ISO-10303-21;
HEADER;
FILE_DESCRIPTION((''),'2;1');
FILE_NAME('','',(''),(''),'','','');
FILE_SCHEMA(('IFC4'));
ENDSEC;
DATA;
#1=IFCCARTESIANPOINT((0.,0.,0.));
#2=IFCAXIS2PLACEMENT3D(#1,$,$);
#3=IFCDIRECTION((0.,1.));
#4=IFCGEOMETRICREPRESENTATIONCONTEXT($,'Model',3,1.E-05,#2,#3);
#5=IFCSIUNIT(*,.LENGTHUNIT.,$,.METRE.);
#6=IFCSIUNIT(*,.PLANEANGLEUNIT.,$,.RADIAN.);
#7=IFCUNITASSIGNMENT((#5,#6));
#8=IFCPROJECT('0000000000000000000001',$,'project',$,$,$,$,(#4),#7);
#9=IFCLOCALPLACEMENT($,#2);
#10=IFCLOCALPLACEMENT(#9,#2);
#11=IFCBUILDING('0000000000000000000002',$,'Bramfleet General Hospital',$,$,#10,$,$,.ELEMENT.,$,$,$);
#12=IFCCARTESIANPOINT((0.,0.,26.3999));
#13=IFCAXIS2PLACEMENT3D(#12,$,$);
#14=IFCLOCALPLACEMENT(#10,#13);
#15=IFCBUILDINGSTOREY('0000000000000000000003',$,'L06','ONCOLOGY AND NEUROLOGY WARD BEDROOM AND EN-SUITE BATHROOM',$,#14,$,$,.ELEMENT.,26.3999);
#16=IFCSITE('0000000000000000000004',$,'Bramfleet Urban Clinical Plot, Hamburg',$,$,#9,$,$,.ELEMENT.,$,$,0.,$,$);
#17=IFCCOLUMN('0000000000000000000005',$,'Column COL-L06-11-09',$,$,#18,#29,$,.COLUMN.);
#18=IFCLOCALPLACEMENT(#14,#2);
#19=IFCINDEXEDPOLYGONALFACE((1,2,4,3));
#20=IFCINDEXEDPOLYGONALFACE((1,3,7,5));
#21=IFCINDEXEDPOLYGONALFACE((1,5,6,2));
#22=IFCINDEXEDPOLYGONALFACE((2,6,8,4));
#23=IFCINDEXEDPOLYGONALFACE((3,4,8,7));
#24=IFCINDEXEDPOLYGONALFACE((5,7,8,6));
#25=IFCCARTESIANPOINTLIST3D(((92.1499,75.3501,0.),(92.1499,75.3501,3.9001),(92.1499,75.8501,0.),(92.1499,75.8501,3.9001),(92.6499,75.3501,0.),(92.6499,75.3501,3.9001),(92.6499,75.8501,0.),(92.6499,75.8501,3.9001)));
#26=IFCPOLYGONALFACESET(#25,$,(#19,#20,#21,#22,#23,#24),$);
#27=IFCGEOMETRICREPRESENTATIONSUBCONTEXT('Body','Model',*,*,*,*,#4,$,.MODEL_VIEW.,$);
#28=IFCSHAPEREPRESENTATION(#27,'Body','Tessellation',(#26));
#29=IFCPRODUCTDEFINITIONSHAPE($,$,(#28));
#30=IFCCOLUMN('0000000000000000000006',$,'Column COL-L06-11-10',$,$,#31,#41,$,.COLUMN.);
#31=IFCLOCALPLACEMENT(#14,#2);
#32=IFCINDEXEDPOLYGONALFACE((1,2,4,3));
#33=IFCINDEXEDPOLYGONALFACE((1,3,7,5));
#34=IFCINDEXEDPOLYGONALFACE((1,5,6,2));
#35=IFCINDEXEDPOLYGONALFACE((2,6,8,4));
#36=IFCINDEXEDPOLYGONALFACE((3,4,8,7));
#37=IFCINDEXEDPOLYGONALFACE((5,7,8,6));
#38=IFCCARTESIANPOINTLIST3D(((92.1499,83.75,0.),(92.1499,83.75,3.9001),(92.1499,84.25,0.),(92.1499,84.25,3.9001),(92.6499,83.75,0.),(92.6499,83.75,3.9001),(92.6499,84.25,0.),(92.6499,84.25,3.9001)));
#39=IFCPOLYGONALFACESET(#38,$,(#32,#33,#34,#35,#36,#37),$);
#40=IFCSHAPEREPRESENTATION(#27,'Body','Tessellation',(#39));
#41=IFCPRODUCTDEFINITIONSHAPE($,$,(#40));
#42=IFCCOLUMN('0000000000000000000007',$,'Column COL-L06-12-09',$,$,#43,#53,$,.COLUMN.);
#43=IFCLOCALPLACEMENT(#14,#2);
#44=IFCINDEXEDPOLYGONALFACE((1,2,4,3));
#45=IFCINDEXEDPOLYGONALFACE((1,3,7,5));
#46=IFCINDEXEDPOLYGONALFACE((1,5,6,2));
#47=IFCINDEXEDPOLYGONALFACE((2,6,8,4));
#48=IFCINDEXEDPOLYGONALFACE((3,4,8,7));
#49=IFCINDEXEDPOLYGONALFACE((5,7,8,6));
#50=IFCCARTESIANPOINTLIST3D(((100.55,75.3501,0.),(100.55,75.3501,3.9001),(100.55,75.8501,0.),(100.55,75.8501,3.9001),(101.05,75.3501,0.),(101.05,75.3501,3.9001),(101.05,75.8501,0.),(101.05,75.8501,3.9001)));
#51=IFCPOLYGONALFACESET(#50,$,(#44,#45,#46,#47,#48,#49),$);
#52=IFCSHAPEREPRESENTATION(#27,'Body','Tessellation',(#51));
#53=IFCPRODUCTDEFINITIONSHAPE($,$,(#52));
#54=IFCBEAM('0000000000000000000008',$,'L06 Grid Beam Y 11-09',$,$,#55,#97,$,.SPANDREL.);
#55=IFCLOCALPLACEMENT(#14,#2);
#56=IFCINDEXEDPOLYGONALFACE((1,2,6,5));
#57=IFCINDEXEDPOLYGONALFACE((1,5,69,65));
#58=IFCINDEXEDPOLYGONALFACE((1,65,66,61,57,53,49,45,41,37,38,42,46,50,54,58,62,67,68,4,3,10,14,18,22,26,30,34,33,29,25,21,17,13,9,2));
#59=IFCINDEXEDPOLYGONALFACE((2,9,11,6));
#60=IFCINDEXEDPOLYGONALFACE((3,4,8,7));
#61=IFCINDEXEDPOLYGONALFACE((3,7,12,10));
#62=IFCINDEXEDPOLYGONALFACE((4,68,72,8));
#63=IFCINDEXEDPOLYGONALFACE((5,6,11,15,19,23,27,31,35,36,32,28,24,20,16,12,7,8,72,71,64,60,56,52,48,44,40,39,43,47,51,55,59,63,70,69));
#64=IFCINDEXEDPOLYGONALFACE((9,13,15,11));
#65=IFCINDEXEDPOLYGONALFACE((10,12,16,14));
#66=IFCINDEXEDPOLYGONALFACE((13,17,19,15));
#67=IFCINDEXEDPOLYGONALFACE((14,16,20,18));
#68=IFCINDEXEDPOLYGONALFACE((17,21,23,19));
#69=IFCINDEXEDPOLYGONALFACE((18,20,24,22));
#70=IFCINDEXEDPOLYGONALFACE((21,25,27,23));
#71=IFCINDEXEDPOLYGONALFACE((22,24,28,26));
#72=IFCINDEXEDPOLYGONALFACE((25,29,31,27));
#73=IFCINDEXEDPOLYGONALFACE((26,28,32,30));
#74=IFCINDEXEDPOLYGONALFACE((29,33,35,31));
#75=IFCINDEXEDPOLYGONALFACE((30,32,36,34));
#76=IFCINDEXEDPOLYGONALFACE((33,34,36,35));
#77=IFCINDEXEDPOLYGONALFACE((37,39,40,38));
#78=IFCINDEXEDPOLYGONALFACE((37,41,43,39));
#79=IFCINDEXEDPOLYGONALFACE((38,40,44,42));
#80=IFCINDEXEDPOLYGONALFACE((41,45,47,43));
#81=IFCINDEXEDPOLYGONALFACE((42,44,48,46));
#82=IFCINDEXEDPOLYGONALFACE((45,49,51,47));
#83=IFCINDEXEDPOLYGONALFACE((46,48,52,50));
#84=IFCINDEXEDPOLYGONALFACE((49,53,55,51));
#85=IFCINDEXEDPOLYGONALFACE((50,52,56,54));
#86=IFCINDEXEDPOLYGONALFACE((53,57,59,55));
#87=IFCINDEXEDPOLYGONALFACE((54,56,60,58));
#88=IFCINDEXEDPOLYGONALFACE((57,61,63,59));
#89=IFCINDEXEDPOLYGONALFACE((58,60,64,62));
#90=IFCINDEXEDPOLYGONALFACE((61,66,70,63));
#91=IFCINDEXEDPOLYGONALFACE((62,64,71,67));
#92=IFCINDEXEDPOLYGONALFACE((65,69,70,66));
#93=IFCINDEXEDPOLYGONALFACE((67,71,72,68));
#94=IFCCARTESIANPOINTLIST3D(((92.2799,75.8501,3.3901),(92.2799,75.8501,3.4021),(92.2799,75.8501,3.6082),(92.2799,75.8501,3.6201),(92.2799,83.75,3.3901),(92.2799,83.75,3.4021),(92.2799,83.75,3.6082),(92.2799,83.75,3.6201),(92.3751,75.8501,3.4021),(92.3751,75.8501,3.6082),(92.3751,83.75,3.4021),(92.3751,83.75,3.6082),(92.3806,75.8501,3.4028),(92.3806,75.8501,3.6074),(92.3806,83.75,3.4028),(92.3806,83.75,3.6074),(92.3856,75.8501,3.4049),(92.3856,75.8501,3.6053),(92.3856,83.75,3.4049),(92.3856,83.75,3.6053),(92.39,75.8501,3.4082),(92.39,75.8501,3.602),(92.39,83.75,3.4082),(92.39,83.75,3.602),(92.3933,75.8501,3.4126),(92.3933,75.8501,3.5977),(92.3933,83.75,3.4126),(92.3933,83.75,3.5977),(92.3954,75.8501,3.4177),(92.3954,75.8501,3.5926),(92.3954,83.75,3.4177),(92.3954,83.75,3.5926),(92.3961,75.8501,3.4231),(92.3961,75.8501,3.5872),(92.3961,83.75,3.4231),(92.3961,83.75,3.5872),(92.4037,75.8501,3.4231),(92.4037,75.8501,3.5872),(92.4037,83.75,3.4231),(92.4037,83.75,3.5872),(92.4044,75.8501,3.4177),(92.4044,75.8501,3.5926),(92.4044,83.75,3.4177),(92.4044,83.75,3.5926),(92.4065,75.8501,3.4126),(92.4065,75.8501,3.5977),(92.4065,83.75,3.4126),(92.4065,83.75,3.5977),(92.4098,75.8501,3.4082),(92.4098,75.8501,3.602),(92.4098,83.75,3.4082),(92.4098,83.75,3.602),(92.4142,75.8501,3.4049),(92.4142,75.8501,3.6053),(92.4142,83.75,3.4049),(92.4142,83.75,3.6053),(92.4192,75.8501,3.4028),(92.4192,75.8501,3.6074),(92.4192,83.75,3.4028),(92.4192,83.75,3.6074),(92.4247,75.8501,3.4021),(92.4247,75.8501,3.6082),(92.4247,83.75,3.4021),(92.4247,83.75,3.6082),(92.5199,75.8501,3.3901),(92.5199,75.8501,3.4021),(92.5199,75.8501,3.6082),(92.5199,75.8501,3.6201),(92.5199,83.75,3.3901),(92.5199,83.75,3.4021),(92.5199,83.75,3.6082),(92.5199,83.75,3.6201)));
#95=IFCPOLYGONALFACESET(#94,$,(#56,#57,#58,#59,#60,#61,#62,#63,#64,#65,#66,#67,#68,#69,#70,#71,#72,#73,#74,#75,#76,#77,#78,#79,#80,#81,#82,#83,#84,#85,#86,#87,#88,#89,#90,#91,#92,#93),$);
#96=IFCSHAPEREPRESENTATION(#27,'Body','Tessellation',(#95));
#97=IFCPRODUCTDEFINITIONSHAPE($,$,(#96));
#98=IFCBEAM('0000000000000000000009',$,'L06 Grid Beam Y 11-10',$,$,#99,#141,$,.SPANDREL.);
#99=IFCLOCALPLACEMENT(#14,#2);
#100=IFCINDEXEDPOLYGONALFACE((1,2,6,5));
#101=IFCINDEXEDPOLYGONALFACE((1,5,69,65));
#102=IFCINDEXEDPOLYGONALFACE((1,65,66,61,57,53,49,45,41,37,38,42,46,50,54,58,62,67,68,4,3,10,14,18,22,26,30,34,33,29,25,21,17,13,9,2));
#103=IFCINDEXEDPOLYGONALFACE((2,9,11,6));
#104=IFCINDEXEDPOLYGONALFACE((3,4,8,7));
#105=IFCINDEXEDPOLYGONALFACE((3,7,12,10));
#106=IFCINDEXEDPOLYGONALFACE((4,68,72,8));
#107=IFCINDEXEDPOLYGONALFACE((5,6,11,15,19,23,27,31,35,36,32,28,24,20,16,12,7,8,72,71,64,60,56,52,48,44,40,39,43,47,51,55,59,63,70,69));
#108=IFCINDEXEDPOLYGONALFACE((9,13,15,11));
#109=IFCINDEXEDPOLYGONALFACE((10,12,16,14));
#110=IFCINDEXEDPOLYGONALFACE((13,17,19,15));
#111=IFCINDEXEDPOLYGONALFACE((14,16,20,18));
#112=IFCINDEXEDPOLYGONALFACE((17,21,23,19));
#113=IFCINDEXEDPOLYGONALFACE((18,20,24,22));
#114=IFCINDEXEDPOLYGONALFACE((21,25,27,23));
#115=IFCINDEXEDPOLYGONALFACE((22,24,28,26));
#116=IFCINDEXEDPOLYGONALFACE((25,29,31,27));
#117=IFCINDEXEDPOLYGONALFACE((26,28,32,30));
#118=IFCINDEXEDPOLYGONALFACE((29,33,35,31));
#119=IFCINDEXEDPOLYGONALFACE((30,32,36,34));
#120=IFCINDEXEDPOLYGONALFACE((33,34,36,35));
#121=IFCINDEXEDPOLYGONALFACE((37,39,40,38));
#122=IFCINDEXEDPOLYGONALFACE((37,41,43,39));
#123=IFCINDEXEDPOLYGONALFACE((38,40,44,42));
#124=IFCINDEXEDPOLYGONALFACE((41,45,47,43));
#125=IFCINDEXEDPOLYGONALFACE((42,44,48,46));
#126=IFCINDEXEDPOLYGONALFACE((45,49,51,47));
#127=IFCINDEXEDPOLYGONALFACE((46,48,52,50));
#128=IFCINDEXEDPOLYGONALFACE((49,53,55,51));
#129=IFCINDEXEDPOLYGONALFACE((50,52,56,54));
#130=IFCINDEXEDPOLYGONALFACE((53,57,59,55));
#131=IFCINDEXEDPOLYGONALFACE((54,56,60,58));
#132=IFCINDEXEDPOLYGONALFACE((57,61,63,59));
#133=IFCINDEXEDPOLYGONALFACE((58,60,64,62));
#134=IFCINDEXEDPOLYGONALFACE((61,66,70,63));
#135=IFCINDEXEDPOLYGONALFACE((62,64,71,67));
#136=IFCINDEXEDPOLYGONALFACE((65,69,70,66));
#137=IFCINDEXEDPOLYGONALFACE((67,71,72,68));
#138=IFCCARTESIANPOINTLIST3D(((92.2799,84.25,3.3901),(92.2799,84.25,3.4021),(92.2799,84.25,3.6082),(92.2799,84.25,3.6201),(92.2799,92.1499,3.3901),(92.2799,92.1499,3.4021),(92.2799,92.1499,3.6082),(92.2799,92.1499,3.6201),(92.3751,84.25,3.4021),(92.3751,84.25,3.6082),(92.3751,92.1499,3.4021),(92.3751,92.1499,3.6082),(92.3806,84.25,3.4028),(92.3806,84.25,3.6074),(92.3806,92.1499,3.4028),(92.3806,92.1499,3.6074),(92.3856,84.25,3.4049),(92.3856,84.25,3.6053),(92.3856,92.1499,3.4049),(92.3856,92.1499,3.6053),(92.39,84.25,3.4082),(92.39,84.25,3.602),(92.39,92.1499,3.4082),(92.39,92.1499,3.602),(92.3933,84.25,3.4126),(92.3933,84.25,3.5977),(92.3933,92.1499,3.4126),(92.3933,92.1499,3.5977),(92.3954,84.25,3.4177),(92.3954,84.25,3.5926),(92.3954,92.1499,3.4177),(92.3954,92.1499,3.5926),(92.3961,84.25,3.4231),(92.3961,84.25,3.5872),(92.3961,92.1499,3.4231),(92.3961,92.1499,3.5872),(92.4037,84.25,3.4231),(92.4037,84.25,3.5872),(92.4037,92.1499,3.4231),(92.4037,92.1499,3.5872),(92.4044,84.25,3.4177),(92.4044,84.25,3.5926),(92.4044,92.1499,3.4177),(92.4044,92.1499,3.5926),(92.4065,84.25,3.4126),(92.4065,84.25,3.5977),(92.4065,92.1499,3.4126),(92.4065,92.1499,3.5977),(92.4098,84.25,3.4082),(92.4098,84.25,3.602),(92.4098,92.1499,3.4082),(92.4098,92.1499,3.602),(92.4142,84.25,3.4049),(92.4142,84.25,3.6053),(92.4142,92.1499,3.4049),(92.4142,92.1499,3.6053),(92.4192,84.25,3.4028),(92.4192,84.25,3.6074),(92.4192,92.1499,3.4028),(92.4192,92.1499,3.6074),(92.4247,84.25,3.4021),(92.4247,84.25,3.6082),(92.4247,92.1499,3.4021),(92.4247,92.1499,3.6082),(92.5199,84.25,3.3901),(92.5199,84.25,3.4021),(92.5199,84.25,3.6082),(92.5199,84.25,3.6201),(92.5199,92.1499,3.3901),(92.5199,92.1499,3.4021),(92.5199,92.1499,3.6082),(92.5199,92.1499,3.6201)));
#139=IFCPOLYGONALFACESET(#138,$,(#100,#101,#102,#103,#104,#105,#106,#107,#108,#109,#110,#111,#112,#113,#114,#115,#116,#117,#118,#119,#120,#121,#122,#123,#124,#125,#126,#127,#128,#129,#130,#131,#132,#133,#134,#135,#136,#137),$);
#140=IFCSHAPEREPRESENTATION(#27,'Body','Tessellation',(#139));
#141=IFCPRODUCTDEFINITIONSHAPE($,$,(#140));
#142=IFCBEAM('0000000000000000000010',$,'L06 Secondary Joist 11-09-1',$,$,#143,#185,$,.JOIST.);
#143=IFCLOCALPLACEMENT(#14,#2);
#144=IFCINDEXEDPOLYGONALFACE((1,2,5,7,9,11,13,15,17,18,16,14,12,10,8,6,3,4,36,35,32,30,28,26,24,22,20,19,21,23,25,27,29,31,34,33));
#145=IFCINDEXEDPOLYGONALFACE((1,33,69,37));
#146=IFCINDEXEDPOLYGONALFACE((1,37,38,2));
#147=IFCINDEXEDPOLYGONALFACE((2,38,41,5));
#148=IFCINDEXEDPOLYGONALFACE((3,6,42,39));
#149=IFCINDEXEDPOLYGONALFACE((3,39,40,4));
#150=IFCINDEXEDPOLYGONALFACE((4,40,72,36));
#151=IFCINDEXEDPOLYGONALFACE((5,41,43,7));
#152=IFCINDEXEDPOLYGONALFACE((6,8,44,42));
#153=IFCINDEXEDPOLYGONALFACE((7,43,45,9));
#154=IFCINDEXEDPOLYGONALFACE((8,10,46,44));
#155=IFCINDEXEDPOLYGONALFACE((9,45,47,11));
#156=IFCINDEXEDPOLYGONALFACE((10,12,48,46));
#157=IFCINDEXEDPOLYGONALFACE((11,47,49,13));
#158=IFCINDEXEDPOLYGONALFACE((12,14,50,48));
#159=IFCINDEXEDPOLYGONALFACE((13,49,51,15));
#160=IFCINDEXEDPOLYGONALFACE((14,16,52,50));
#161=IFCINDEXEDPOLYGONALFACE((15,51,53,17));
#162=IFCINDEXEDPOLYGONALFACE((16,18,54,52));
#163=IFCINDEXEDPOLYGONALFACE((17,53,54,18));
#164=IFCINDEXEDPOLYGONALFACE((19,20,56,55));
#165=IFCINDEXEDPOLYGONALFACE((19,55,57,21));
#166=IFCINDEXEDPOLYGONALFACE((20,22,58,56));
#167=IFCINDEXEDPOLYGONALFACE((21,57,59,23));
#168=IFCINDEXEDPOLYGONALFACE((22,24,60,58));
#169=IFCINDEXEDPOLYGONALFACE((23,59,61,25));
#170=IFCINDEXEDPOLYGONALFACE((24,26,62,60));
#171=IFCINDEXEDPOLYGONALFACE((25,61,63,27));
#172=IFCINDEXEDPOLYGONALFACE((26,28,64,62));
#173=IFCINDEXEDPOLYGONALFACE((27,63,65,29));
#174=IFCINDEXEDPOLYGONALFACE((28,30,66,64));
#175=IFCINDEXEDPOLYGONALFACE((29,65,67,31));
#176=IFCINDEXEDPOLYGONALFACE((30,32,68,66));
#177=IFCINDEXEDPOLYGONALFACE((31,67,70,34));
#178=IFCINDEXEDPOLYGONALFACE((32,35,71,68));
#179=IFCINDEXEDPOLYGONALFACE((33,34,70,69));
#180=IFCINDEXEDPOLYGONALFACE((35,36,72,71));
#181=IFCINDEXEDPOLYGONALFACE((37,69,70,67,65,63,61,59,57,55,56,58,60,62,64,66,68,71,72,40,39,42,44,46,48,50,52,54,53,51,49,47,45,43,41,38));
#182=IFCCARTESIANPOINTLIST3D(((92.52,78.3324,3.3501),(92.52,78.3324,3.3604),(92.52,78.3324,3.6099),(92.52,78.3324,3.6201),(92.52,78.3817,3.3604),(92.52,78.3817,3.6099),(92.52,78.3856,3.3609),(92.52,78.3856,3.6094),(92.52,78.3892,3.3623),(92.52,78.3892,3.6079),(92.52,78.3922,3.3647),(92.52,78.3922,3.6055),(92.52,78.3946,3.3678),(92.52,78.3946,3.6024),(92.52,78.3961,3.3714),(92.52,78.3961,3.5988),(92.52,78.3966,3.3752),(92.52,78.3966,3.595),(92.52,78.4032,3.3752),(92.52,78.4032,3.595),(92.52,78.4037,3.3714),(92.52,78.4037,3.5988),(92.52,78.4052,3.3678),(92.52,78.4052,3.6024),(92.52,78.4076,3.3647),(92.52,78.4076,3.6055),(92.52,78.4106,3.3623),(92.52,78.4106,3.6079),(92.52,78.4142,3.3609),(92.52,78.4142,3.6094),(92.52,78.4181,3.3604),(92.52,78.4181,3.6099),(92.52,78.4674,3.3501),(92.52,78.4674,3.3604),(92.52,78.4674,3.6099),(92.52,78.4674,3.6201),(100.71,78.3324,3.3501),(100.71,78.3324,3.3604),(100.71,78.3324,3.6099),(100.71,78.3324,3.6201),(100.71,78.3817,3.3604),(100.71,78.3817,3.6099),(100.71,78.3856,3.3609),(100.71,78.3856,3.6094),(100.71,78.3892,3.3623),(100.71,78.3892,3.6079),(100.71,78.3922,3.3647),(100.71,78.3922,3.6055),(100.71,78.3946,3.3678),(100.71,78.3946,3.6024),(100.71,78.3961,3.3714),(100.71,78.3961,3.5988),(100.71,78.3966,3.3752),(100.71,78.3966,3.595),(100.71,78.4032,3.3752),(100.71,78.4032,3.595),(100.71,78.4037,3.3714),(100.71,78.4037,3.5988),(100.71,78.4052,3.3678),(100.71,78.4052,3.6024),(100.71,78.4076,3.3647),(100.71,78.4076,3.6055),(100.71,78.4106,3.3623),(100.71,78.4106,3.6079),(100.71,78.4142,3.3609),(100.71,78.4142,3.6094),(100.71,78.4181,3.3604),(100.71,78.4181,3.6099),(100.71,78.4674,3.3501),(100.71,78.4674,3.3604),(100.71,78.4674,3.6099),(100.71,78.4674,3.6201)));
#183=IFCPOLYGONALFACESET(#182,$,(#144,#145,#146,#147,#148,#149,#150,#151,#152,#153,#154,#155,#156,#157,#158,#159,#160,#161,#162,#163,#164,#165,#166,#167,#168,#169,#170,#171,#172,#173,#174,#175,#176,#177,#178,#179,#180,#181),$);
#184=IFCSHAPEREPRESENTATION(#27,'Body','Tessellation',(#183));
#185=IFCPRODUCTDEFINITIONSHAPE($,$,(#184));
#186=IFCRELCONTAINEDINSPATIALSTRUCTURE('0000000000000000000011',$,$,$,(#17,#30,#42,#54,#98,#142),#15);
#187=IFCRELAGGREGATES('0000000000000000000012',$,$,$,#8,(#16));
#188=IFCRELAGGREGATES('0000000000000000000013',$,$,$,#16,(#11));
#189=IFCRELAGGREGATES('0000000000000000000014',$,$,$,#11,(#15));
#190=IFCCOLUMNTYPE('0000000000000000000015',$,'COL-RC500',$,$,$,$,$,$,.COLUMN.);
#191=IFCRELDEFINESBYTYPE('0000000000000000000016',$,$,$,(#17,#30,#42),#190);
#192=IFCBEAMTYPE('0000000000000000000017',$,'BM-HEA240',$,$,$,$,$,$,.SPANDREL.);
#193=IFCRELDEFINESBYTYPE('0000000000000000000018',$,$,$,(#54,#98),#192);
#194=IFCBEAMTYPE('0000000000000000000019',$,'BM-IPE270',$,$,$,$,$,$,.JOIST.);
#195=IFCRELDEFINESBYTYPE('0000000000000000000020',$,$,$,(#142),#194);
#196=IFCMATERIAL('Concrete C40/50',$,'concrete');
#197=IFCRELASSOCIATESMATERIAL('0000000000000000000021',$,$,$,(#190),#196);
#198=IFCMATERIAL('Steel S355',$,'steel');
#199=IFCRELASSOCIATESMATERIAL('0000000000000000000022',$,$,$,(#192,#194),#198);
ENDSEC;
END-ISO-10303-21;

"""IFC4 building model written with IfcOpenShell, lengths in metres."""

from ifc_helpers import new_model, si_unit, direction, frame, origin, origin_2d, place, context, subcontext, project, spatial, rectangle, i_section, extrude, material, material_profile, profile_set, type_object, element, save


model = new_model("IFC4")

# Units and contexts
model_context = context("Model", 3, precision=1e-05, world=origin(), true_north=direction((0.0, 1.0)))
body_context = subcontext(model_context, "Body", "Model", "MODEL_VIEW")
ifc_project = project(units=[si_unit("LENGTHUNIT", "METRE"), si_unit("PLANEANGLEUNIT", "RADIAN")], contexts=[model_context])

# Site, building, storey
site_placement = place(None, origin())
site = spatial("IfcSite", under=ifc_project, at=site_placement, Name="Bramfleet Urban Clinical Plot, Hamburg", CompositionType="ELEMENT", RefElevation=0.0)
building_placement = place(site_placement, origin())
building = spatial("IfcBuilding", under=site, at=building_placement, Name="Bramfleet General Hospital", CompositionType="ELEMENT")
storey_placement = place(building_placement, frame((0.0, 0.0, 26.3999)))
storey = spatial("IfcBuildingStorey", under=building, at=storey_placement, Name="L06", Description="ONCOLOGY AND NEUROLOGY WARD BEDROOM AND EN-SUITE BATHROOM", CompositionType="ELEMENT", Elevation=26.3999)

# Columns
ifc_material_1 = material(Name="Concrete C40/50", Category="concrete")
ifc_material_profile_1 = material_profile(ifc_material_1, rectangle(XDim=0.5, YDim=0.5, at=origin_2d()), Name="RC COL 500x500")
ifc_profile_set_1 = profile_set([ifc_material_profile_1], Name="Concrete C40/50")
column_type = type_object("IfcColumnType", Name="COL-RC500", PredefinedType="COLUMN", material=ifc_profile_set_1)
for number, where, z_axis, x_axis, name in (
    (1, (92.3999, 75.6001, 0.0), (0.0, 0.0, 1.0), (1.0, 0.0, 0.0), "Column COL-L06-11-09"),
    (2, (92.3999, 84.0, 0.0), (0.0, 0.0, 1.0), (1.0, 0.0, 0.0), "Column COL-L06-11-10"),
    (3, (100.8, 75.6001, 0.0), (0.0, 0.0, 1.0), (1.0, 0.0, 0.0), "Column COL-L06-12-09"),
):
    element("IfcColumn", number, at=place(storey_placement, frame(where, z_axis=z_axis, x_axis=x_axis)), inside=storey, type_object=column_type, Name=name, PredefinedType="COLUMN", context=body_context, shape_type="SweptSolid", body=[
        extrude(rectangle(XDim=0.5, YDim=0.5, at=origin_2d()), origin(), (0.0, 0.0, 1.0), 3.9001),
    ])

# Beams
ifc_material_2 = material(Name="Steel S355", Category="steel")
ifc_material_profile_2 = material_profile(ifc_material_2, i_section(OverallWidth=0.24, OverallDepth=0.23, WebThickness=0.0076, FlangeThickness=0.012, FilletRadius=0.021, at=origin_2d()), Name="HEA 240")
ifc_profile_set_2 = profile_set([ifc_material_profile_2], Name="Steel S355")
beam_type_1 = type_object("IfcBeamType", Name="BM-HEA240", PredefinedType="SPANDREL", material=ifc_profile_set_2)
for number, where, z_axis, x_axis, name in (
    (4, (92.3999, 75.8501, 3.5051), (0.0, 1.0, 0.0), (-1.0, 0.0, 0.0), "L06 Grid Beam Y 11-09"),
    (5, (92.3999, 84.25, 3.5051), (0.0, 1.0, 0.0), (-1.0, 0.0, 0.0), "L06 Grid Beam Y 11-10"),
):
    element("IfcBeam", number, at=place(storey_placement, frame(where, z_axis=z_axis, x_axis=x_axis)), inside=storey, type_object=beam_type_1, Name=name, PredefinedType="SPANDREL", context=body_context, shape_type="SweptSolid", body=[
        extrude(i_section(OverallWidth=0.24, OverallDepth=0.23, WebThickness=0.0076, FlangeThickness=0.012, FilletRadius=0.021, at=origin_2d()), origin(), (0.0, 0.0, 1.0), 7.8999),
    ])
ifc_material_profile_3 = material_profile(ifc_material_2, i_section(OverallWidth=0.135, OverallDepth=0.27, WebThickness=0.0066, FlangeThickness=0.0103, FilletRadius=0.0149, at=origin_2d()), Name="IPE 270")
ifc_profile_set_3 = profile_set([ifc_material_profile_3], Name="Steel S355")
beam_type_2 = type_object("IfcBeamType", Name="BM-IPE270", PredefinedType="JOIST", material=ifc_profile_set_3)
for number, where, z_axis, x_axis, name in (
    (6, (92.52, 78.3999, 3.4851), (1.0, 0.0, 0.0), (0.0, 1.0, 0.0), "L06 Secondary Joist 11-09-1"),
):
    element("IfcBeam", number, at=place(storey_placement, frame(where, z_axis=z_axis, x_axis=x_axis)), inside=storey, type_object=beam_type_2, Name=name, PredefinedType="JOIST", context=body_context, shape_type="SweptSolid", body=[
        extrude(i_section(OverallWidth=0.135, OverallDepth=0.27, WebThickness=0.0066, FlangeThickness=0.0103, FilletRadius=0.0149, at=origin_2d()), origin(), (0.0, 0.0, 1.0), 8.1899),
    ])

save(model, "model.ifc")
